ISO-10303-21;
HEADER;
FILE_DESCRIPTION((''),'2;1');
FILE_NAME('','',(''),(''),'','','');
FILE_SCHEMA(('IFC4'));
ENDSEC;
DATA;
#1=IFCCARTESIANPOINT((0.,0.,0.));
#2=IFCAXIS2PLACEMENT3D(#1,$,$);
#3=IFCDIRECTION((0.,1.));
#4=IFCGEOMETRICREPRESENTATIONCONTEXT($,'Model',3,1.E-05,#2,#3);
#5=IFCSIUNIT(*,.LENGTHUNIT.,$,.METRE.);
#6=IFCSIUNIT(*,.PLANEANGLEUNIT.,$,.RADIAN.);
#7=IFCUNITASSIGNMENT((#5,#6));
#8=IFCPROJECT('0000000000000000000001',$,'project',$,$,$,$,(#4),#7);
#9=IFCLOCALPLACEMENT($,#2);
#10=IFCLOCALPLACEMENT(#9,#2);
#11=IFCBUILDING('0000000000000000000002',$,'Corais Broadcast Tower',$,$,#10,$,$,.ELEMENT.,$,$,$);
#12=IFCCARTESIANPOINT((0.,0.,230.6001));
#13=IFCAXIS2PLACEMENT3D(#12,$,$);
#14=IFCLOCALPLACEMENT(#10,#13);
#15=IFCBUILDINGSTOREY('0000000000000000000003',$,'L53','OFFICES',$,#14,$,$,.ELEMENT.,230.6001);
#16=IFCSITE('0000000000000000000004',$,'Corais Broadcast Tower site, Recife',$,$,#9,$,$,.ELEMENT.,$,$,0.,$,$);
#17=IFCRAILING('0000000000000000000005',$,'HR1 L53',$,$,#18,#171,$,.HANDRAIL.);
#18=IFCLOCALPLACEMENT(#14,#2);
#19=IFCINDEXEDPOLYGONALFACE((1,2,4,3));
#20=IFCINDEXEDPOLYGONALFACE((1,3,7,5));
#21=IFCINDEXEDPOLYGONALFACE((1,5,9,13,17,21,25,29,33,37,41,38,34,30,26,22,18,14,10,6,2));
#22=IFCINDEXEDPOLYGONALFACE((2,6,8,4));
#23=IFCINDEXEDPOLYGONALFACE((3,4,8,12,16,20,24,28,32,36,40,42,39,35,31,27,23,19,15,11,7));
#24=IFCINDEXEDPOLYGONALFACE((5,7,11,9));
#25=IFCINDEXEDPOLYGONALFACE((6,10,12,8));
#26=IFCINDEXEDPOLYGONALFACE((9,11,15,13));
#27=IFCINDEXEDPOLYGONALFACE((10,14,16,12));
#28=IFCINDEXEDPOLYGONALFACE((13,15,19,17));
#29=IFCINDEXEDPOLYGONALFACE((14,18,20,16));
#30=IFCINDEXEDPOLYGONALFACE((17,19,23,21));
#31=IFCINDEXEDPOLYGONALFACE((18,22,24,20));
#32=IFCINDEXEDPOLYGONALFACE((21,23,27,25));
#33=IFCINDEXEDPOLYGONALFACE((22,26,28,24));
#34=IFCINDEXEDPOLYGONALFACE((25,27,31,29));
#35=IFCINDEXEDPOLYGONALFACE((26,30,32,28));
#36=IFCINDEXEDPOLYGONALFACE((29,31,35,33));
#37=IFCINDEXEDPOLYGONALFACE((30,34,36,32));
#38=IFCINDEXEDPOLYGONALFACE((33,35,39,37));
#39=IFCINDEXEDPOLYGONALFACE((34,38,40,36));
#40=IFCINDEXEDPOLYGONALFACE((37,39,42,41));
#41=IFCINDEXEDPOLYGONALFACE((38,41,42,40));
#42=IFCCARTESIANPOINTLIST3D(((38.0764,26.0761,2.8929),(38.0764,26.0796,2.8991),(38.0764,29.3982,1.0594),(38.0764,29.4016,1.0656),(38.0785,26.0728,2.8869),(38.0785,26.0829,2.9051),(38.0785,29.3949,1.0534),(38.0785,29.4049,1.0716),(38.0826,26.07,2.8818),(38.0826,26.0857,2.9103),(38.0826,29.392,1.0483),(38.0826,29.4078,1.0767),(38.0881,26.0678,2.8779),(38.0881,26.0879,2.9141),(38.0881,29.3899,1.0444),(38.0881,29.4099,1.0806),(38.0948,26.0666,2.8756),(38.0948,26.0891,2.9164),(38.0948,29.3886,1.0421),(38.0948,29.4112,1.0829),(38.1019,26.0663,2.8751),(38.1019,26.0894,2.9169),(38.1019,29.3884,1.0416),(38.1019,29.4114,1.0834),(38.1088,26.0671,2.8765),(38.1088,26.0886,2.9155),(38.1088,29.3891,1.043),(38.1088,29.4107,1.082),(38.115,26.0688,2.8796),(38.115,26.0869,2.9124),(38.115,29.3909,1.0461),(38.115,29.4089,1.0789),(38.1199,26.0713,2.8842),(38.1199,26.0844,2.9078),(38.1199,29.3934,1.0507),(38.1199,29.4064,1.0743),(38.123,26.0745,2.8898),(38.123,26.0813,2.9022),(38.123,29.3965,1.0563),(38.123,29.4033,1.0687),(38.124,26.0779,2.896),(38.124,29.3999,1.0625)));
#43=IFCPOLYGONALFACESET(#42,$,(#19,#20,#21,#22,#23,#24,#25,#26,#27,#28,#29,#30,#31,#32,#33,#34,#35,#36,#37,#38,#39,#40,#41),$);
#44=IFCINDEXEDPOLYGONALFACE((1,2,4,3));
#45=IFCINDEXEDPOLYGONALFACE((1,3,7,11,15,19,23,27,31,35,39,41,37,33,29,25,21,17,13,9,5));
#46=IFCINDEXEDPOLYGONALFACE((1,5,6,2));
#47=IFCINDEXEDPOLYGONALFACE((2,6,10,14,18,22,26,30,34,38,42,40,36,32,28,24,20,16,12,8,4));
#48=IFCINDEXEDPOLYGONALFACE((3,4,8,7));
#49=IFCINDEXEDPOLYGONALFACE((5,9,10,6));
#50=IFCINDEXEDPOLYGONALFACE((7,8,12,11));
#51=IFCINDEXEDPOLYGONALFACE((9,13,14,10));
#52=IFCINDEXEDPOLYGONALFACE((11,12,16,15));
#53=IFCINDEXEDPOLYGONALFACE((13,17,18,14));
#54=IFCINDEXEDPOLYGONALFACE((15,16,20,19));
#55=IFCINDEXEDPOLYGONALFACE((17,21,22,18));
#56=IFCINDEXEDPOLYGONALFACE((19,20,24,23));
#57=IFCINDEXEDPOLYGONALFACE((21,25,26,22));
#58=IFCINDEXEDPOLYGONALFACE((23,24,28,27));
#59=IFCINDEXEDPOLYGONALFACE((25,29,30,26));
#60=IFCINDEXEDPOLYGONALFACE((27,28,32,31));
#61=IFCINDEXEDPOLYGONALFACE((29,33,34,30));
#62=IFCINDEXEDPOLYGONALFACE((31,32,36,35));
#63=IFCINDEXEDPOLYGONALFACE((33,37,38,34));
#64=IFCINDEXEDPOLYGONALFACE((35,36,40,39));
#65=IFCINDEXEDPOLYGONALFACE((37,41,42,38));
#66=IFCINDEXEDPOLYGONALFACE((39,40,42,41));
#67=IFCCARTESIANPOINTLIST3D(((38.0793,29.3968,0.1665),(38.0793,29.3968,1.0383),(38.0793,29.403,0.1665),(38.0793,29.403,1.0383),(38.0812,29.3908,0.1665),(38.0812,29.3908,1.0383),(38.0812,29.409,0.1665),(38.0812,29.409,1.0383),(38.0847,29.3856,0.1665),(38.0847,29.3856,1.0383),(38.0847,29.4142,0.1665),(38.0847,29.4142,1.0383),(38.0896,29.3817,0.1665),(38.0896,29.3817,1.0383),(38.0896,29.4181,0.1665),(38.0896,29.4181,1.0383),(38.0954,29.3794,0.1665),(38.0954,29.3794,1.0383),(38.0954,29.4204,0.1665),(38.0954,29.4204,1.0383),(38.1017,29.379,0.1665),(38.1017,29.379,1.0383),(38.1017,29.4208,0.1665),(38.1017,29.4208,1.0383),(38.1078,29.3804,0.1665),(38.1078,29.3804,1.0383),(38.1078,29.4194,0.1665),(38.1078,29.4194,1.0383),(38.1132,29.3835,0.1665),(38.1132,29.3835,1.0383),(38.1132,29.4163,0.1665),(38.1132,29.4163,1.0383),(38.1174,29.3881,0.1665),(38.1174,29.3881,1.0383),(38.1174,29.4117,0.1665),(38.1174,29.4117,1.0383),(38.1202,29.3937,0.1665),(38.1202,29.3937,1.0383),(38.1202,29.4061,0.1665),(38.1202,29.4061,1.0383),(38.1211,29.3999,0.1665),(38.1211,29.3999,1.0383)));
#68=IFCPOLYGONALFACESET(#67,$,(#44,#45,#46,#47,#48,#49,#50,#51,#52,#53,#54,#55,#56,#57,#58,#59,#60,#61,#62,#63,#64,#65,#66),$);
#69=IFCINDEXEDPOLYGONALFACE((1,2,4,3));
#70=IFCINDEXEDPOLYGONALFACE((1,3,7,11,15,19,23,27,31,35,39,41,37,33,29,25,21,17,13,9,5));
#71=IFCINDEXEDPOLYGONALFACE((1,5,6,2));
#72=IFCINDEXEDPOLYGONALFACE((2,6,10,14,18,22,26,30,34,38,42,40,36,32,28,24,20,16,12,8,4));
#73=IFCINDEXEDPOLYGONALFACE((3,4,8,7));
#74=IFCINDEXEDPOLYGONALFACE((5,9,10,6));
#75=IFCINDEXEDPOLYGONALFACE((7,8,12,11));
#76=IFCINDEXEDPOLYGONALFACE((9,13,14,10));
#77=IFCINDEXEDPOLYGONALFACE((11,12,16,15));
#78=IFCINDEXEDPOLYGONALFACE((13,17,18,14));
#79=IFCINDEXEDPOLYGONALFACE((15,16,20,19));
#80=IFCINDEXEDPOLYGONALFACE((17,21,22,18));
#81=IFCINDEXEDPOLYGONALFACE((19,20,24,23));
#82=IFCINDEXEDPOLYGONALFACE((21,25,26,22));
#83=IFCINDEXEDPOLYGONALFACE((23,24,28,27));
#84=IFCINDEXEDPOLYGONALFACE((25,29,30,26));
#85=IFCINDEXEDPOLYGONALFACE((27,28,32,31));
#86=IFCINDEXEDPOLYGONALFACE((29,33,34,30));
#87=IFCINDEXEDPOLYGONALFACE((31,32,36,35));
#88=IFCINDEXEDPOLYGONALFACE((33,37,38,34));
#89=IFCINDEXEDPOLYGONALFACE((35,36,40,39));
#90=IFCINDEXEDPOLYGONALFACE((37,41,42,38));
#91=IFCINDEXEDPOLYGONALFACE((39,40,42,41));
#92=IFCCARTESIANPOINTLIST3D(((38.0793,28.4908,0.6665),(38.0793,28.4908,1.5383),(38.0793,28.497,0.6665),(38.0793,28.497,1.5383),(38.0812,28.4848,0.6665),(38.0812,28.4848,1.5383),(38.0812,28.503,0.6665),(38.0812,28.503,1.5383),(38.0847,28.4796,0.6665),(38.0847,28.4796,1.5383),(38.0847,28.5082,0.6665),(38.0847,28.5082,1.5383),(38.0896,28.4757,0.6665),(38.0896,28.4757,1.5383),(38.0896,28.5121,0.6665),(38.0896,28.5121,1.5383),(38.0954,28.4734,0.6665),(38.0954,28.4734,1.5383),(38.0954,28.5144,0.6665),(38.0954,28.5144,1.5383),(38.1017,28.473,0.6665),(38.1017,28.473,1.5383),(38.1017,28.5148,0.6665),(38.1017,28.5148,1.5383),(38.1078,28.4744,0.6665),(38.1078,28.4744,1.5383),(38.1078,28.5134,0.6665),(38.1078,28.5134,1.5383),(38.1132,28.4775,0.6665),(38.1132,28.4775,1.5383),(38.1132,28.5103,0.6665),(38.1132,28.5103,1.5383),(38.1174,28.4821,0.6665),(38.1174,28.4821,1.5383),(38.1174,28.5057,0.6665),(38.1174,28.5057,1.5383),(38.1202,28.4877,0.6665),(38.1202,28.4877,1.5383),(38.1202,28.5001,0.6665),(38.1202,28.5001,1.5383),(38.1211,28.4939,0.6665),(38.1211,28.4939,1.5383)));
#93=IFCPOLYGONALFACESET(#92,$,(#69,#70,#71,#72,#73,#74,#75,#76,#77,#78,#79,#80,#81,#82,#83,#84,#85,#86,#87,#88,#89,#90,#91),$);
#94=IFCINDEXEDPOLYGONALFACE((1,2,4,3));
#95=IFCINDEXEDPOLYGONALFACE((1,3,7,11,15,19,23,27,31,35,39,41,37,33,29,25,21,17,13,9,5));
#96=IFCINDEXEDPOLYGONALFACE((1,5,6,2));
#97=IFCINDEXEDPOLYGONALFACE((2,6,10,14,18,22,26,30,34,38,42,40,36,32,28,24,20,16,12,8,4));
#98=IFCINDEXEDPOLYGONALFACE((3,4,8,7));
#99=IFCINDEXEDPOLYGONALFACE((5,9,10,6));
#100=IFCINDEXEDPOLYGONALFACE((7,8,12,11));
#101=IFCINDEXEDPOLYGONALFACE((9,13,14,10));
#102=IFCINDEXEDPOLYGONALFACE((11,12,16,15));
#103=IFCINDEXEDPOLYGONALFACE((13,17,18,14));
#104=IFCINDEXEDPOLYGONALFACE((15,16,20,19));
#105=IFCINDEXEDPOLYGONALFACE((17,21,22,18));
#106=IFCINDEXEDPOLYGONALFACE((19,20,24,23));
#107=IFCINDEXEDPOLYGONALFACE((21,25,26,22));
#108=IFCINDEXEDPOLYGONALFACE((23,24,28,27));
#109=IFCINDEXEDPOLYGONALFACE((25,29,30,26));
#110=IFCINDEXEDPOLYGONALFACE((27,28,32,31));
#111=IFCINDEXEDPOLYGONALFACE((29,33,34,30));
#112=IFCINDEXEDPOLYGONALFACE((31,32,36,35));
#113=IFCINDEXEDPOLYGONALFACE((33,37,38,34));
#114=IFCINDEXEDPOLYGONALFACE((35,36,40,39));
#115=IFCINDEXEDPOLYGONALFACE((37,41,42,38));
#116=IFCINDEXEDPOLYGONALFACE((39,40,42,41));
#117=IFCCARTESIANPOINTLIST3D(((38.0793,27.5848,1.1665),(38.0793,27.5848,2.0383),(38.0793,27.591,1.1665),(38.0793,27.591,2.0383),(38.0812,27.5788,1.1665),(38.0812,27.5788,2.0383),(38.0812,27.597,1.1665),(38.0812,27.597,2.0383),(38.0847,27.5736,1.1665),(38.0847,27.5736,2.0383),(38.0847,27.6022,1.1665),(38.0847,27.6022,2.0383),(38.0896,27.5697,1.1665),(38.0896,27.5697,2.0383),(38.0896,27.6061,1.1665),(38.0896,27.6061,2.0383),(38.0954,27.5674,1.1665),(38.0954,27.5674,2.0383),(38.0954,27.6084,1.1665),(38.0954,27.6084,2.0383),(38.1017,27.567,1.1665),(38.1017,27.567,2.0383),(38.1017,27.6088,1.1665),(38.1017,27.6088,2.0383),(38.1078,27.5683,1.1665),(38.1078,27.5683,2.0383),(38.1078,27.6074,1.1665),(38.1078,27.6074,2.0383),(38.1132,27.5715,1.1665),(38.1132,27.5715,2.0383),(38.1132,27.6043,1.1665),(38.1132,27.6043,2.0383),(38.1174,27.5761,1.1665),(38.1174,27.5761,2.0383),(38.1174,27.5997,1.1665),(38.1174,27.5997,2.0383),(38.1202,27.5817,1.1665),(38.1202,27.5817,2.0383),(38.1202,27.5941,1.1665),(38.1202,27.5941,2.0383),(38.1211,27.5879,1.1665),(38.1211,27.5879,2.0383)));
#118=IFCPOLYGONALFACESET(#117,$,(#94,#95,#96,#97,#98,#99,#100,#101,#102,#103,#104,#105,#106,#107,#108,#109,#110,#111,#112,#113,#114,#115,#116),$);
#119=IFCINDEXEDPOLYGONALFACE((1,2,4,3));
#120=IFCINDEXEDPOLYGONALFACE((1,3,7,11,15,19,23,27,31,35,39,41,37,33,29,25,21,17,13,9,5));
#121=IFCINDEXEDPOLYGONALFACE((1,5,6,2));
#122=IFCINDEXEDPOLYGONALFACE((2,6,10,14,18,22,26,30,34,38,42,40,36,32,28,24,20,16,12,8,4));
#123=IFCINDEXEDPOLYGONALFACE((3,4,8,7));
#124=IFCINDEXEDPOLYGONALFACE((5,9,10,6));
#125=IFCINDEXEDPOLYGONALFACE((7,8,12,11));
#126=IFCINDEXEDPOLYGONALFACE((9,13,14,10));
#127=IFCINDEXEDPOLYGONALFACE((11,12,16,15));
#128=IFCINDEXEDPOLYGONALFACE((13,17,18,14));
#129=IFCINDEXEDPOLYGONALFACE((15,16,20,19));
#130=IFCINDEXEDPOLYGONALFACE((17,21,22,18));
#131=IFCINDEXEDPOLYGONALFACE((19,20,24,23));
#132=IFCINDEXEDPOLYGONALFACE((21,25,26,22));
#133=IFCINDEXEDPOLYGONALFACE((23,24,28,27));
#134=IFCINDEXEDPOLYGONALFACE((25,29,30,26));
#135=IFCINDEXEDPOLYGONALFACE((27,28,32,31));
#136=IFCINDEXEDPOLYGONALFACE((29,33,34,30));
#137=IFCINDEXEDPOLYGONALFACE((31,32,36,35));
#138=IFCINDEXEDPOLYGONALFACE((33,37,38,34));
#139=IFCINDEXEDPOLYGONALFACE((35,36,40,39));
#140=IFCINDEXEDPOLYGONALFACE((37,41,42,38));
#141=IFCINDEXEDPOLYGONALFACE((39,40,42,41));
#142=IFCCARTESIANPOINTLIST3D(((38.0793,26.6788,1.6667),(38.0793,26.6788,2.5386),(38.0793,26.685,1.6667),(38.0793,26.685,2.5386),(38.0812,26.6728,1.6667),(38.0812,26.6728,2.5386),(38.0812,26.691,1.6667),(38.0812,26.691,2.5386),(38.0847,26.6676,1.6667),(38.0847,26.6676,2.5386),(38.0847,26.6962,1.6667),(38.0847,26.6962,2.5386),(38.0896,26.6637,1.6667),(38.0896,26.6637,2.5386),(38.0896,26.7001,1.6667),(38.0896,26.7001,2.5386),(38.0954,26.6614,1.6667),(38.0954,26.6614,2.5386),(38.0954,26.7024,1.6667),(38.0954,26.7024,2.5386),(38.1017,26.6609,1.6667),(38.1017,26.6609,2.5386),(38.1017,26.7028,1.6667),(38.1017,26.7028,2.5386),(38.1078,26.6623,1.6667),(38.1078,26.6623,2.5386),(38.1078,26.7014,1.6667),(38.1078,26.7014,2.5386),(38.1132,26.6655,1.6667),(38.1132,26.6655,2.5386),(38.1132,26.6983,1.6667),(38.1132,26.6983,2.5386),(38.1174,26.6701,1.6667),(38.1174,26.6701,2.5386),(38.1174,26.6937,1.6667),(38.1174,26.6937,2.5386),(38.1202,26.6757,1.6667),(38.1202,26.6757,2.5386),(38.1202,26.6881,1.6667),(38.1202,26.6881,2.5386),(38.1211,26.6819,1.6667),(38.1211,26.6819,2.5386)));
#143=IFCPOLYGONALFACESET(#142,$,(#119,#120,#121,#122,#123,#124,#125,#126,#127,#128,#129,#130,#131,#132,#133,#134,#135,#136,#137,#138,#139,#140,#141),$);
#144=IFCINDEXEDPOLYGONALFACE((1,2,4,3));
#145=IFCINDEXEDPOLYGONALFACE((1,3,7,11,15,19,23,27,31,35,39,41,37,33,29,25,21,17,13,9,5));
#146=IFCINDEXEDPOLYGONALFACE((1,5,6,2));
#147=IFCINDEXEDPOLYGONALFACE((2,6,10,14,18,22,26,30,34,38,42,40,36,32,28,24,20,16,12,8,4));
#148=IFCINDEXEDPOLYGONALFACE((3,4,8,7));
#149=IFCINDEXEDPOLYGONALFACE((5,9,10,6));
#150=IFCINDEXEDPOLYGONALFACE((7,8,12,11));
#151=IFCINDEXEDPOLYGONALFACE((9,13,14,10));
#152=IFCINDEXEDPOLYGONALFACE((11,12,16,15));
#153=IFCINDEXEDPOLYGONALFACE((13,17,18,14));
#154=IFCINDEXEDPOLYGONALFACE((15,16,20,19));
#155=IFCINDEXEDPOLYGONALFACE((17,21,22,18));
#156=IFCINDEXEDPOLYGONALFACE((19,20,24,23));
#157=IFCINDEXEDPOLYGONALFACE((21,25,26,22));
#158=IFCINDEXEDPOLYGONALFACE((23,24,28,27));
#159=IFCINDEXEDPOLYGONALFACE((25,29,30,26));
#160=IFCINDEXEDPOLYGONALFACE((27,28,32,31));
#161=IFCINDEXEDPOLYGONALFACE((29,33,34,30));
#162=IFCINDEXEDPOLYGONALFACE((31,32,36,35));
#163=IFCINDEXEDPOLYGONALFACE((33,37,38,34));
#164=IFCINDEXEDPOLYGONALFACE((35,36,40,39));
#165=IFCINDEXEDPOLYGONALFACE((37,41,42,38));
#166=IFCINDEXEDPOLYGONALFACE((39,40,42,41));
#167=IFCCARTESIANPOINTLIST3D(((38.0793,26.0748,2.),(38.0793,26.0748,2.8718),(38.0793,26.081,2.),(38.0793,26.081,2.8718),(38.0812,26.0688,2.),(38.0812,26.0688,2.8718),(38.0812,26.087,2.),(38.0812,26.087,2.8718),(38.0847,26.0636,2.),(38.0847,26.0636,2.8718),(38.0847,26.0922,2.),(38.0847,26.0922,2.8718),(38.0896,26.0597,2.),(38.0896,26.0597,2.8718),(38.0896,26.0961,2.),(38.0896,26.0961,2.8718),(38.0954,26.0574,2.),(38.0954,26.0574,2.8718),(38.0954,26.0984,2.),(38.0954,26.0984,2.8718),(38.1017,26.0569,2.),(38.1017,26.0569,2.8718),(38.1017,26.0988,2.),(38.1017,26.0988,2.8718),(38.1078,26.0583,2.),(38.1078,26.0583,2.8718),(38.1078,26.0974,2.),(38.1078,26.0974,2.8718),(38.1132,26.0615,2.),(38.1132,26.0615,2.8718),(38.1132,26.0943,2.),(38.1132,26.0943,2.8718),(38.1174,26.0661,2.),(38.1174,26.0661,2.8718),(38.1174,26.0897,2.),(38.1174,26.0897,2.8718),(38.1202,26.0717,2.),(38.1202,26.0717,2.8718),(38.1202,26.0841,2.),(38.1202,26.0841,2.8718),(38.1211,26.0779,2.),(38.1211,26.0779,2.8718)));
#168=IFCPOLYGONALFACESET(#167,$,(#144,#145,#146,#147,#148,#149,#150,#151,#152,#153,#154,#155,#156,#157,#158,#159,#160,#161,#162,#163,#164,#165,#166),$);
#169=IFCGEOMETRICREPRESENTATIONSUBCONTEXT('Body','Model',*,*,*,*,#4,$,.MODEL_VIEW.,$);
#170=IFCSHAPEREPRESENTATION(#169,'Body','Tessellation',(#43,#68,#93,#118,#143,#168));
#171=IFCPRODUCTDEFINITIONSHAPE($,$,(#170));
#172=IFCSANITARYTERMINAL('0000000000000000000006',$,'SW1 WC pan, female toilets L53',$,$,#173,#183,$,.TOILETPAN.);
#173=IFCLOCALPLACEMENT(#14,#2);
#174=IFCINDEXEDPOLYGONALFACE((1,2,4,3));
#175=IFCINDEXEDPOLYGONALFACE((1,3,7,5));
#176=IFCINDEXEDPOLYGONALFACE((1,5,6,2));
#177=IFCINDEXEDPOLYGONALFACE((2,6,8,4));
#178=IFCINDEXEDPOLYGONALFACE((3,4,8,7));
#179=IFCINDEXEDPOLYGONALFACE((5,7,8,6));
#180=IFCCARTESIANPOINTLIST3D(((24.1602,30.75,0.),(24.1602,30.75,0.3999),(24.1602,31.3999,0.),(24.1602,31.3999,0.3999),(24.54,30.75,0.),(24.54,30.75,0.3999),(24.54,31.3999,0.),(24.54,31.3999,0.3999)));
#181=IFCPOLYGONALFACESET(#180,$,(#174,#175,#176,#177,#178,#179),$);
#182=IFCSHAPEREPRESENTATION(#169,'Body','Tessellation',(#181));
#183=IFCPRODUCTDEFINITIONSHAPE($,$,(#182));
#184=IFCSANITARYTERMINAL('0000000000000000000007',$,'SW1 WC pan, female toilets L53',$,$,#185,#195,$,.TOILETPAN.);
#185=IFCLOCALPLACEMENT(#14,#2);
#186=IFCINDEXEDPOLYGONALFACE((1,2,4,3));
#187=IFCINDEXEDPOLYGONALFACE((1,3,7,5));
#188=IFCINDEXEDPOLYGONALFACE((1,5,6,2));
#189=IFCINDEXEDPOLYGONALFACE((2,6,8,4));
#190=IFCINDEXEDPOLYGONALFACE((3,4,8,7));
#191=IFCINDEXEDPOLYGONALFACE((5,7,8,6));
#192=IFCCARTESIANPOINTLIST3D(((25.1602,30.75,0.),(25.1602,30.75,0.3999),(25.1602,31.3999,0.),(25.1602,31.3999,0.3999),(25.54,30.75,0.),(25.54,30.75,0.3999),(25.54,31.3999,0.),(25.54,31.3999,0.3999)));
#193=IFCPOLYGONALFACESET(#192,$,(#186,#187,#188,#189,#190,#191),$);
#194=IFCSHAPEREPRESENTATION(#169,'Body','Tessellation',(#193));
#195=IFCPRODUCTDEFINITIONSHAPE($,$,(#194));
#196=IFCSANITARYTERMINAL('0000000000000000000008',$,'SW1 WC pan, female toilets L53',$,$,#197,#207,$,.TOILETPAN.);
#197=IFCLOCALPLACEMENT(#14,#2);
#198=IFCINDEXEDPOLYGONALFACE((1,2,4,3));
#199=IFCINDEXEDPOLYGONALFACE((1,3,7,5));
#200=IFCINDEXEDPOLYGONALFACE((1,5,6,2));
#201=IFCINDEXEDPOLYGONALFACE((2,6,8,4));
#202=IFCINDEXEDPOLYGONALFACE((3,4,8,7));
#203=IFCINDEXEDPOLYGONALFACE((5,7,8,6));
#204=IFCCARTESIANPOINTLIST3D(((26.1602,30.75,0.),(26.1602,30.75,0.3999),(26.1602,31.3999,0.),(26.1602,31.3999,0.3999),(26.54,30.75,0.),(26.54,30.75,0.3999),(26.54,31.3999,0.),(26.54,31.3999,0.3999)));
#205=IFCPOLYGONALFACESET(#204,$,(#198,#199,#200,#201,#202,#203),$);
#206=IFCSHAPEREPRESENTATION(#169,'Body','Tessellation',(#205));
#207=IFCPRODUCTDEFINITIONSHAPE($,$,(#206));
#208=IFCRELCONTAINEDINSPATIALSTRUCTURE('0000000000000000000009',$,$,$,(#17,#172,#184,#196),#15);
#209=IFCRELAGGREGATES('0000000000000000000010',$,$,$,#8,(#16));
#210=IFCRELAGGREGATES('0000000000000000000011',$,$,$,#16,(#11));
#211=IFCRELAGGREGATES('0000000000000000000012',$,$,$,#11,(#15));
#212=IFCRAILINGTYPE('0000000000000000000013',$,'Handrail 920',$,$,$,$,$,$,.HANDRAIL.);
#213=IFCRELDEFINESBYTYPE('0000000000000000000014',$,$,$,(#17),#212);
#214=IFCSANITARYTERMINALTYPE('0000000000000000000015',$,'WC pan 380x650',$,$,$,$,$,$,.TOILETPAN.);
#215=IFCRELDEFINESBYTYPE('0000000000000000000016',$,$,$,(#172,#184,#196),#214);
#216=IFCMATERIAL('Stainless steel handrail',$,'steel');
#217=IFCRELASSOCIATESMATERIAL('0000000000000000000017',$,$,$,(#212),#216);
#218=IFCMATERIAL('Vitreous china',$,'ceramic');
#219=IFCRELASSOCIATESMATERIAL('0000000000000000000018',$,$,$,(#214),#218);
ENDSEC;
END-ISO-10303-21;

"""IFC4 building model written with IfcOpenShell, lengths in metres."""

from ifc_helpers import new_model, si_unit, direction, frame, origin, origin_2d, place, context, subcontext, project, spatial, rectangle, circle, extrude, material, type_object, element, save


model = new_model("IFC4")

# Units and contexts
model_context = context("Model", 3, precision=1e-05, world=origin(), true_north=direction((0.0, 1.0)))
body_context = subcontext(model_context, "Body", "Model", "MODEL_VIEW")
ifc_project = project(units=[si_unit("LENGTHUNIT", "METRE"), si_unit("PLANEANGLEUNIT", "RADIAN")], contexts=[model_context])

# Site, building, storey
site_placement = place(None, origin())
site = spatial("IfcSite", under=ifc_project, at=site_placement, Name="Corais Broadcast Tower site, Recife", CompositionType="ELEMENT", RefElevation=0.0)
building_placement = place(site_placement, origin())
building = spatial("IfcBuilding", under=site, at=building_placement, Name="Corais Broadcast Tower", CompositionType="ELEMENT")
storey_placement = place(building_placement, frame((0.0, 0.0, 230.6001)))
storey = spatial("IfcBuildingStorey", under=building, at=storey_placement, Name="L53", Description="OFFICES", CompositionType="ELEMENT", Elevation=230.6001)

# Railing
ifc_material_1 = material(Name="Stainless steel handrail", Category="steel")
railing_type = type_object("IfcRailingType", Name="Handrail 920", PredefinedType="HANDRAIL", material=ifc_material_1)
for number, where, name in (
    (1, (38.1001, 29.3999, 0.1665), "HR1 L53"),
):
    element("IfcRailing", number, at=place(storey_placement, frame(where)), inside=storey, type_object=railing_type, Name=name, PredefinedType="HANDRAIL", context=body_context, shape_type="SweptSolid", body=[
        extrude(circle(Radius=0.0239, at=origin_2d()), frame((0.0, 0.0, 0.896), z_axis=(0.0, -0.875504, 0.48321), x_axis=(1.0, 0.0, 0.0)), (0.0, 0.0, 1.0), 3.7944),
        extrude(circle(Radius=0.021, at=origin_2d()), origin(), (0.0, 0.0, 1.0), 0.8718),
        extrude(circle(Radius=0.021, at=origin_2d()), frame((0.0, -0.906, 0.5)), (0.0, 0.0, 1.0), 0.8718),
        extrude(circle(Radius=0.021, at=origin_2d()), frame((0.0, -1.812, 1.0)), (0.0, 0.0, 1.0), 0.8718),
        extrude(circle(Radius=0.021, at=origin_2d()), frame((0.0, -2.718, 1.5002)), (0.0, 0.0, 1.0), 0.8718),
        extrude(circle(Radius=0.021, at=origin_2d()), frame((0.0, -3.322, 1.8335)), (0.0, 0.0, 1.0), 0.8718),
    ])

# Sanitary terminals
ifc_material_2 = material(Name="Vitreous china", Category="ceramic")
sanitary_terminal_type_1 = type_object("IfcSanitaryTerminalType", Name="WC pan 380x650", PredefinedType="TOILETPAN", material=ifc_material_2)
for number, where, z_axis, x_axis, name in (
    (2, (24.3501, 31.075, 0.0), (0.0, 0.0, 1.0), (1.0, 0.0, 0.0), "SW1 WC pan, female toilets L53"),
    (3, (25.3501, 31.075, 0.0), (0.0, 0.0, 1.0), (1.0, 0.0, 0.0), "SW1 WC pan, female toilets L53"),
    (4, (26.3501, 31.075, 0.0), (0.0, 0.0, 1.0), (1.0, 0.0, 0.0), "SW1 WC pan, female toilets L53"),
):
    element("IfcSanitaryTerminal", number, at=place(storey_placement, frame(where, z_axis=z_axis, x_axis=x_axis)), inside=storey, type_object=sanitary_terminal_type_1, Name=name, PredefinedType="TOILETPAN", context=body_context, shape_type="SweptSolid", body=[
        extrude(rectangle(XDim=0.3799, YDim=0.6499, at=origin_2d()), origin(), (0.0, 0.0, 1.0), 0.3999),
    ])

save(model, "model.ifc")
